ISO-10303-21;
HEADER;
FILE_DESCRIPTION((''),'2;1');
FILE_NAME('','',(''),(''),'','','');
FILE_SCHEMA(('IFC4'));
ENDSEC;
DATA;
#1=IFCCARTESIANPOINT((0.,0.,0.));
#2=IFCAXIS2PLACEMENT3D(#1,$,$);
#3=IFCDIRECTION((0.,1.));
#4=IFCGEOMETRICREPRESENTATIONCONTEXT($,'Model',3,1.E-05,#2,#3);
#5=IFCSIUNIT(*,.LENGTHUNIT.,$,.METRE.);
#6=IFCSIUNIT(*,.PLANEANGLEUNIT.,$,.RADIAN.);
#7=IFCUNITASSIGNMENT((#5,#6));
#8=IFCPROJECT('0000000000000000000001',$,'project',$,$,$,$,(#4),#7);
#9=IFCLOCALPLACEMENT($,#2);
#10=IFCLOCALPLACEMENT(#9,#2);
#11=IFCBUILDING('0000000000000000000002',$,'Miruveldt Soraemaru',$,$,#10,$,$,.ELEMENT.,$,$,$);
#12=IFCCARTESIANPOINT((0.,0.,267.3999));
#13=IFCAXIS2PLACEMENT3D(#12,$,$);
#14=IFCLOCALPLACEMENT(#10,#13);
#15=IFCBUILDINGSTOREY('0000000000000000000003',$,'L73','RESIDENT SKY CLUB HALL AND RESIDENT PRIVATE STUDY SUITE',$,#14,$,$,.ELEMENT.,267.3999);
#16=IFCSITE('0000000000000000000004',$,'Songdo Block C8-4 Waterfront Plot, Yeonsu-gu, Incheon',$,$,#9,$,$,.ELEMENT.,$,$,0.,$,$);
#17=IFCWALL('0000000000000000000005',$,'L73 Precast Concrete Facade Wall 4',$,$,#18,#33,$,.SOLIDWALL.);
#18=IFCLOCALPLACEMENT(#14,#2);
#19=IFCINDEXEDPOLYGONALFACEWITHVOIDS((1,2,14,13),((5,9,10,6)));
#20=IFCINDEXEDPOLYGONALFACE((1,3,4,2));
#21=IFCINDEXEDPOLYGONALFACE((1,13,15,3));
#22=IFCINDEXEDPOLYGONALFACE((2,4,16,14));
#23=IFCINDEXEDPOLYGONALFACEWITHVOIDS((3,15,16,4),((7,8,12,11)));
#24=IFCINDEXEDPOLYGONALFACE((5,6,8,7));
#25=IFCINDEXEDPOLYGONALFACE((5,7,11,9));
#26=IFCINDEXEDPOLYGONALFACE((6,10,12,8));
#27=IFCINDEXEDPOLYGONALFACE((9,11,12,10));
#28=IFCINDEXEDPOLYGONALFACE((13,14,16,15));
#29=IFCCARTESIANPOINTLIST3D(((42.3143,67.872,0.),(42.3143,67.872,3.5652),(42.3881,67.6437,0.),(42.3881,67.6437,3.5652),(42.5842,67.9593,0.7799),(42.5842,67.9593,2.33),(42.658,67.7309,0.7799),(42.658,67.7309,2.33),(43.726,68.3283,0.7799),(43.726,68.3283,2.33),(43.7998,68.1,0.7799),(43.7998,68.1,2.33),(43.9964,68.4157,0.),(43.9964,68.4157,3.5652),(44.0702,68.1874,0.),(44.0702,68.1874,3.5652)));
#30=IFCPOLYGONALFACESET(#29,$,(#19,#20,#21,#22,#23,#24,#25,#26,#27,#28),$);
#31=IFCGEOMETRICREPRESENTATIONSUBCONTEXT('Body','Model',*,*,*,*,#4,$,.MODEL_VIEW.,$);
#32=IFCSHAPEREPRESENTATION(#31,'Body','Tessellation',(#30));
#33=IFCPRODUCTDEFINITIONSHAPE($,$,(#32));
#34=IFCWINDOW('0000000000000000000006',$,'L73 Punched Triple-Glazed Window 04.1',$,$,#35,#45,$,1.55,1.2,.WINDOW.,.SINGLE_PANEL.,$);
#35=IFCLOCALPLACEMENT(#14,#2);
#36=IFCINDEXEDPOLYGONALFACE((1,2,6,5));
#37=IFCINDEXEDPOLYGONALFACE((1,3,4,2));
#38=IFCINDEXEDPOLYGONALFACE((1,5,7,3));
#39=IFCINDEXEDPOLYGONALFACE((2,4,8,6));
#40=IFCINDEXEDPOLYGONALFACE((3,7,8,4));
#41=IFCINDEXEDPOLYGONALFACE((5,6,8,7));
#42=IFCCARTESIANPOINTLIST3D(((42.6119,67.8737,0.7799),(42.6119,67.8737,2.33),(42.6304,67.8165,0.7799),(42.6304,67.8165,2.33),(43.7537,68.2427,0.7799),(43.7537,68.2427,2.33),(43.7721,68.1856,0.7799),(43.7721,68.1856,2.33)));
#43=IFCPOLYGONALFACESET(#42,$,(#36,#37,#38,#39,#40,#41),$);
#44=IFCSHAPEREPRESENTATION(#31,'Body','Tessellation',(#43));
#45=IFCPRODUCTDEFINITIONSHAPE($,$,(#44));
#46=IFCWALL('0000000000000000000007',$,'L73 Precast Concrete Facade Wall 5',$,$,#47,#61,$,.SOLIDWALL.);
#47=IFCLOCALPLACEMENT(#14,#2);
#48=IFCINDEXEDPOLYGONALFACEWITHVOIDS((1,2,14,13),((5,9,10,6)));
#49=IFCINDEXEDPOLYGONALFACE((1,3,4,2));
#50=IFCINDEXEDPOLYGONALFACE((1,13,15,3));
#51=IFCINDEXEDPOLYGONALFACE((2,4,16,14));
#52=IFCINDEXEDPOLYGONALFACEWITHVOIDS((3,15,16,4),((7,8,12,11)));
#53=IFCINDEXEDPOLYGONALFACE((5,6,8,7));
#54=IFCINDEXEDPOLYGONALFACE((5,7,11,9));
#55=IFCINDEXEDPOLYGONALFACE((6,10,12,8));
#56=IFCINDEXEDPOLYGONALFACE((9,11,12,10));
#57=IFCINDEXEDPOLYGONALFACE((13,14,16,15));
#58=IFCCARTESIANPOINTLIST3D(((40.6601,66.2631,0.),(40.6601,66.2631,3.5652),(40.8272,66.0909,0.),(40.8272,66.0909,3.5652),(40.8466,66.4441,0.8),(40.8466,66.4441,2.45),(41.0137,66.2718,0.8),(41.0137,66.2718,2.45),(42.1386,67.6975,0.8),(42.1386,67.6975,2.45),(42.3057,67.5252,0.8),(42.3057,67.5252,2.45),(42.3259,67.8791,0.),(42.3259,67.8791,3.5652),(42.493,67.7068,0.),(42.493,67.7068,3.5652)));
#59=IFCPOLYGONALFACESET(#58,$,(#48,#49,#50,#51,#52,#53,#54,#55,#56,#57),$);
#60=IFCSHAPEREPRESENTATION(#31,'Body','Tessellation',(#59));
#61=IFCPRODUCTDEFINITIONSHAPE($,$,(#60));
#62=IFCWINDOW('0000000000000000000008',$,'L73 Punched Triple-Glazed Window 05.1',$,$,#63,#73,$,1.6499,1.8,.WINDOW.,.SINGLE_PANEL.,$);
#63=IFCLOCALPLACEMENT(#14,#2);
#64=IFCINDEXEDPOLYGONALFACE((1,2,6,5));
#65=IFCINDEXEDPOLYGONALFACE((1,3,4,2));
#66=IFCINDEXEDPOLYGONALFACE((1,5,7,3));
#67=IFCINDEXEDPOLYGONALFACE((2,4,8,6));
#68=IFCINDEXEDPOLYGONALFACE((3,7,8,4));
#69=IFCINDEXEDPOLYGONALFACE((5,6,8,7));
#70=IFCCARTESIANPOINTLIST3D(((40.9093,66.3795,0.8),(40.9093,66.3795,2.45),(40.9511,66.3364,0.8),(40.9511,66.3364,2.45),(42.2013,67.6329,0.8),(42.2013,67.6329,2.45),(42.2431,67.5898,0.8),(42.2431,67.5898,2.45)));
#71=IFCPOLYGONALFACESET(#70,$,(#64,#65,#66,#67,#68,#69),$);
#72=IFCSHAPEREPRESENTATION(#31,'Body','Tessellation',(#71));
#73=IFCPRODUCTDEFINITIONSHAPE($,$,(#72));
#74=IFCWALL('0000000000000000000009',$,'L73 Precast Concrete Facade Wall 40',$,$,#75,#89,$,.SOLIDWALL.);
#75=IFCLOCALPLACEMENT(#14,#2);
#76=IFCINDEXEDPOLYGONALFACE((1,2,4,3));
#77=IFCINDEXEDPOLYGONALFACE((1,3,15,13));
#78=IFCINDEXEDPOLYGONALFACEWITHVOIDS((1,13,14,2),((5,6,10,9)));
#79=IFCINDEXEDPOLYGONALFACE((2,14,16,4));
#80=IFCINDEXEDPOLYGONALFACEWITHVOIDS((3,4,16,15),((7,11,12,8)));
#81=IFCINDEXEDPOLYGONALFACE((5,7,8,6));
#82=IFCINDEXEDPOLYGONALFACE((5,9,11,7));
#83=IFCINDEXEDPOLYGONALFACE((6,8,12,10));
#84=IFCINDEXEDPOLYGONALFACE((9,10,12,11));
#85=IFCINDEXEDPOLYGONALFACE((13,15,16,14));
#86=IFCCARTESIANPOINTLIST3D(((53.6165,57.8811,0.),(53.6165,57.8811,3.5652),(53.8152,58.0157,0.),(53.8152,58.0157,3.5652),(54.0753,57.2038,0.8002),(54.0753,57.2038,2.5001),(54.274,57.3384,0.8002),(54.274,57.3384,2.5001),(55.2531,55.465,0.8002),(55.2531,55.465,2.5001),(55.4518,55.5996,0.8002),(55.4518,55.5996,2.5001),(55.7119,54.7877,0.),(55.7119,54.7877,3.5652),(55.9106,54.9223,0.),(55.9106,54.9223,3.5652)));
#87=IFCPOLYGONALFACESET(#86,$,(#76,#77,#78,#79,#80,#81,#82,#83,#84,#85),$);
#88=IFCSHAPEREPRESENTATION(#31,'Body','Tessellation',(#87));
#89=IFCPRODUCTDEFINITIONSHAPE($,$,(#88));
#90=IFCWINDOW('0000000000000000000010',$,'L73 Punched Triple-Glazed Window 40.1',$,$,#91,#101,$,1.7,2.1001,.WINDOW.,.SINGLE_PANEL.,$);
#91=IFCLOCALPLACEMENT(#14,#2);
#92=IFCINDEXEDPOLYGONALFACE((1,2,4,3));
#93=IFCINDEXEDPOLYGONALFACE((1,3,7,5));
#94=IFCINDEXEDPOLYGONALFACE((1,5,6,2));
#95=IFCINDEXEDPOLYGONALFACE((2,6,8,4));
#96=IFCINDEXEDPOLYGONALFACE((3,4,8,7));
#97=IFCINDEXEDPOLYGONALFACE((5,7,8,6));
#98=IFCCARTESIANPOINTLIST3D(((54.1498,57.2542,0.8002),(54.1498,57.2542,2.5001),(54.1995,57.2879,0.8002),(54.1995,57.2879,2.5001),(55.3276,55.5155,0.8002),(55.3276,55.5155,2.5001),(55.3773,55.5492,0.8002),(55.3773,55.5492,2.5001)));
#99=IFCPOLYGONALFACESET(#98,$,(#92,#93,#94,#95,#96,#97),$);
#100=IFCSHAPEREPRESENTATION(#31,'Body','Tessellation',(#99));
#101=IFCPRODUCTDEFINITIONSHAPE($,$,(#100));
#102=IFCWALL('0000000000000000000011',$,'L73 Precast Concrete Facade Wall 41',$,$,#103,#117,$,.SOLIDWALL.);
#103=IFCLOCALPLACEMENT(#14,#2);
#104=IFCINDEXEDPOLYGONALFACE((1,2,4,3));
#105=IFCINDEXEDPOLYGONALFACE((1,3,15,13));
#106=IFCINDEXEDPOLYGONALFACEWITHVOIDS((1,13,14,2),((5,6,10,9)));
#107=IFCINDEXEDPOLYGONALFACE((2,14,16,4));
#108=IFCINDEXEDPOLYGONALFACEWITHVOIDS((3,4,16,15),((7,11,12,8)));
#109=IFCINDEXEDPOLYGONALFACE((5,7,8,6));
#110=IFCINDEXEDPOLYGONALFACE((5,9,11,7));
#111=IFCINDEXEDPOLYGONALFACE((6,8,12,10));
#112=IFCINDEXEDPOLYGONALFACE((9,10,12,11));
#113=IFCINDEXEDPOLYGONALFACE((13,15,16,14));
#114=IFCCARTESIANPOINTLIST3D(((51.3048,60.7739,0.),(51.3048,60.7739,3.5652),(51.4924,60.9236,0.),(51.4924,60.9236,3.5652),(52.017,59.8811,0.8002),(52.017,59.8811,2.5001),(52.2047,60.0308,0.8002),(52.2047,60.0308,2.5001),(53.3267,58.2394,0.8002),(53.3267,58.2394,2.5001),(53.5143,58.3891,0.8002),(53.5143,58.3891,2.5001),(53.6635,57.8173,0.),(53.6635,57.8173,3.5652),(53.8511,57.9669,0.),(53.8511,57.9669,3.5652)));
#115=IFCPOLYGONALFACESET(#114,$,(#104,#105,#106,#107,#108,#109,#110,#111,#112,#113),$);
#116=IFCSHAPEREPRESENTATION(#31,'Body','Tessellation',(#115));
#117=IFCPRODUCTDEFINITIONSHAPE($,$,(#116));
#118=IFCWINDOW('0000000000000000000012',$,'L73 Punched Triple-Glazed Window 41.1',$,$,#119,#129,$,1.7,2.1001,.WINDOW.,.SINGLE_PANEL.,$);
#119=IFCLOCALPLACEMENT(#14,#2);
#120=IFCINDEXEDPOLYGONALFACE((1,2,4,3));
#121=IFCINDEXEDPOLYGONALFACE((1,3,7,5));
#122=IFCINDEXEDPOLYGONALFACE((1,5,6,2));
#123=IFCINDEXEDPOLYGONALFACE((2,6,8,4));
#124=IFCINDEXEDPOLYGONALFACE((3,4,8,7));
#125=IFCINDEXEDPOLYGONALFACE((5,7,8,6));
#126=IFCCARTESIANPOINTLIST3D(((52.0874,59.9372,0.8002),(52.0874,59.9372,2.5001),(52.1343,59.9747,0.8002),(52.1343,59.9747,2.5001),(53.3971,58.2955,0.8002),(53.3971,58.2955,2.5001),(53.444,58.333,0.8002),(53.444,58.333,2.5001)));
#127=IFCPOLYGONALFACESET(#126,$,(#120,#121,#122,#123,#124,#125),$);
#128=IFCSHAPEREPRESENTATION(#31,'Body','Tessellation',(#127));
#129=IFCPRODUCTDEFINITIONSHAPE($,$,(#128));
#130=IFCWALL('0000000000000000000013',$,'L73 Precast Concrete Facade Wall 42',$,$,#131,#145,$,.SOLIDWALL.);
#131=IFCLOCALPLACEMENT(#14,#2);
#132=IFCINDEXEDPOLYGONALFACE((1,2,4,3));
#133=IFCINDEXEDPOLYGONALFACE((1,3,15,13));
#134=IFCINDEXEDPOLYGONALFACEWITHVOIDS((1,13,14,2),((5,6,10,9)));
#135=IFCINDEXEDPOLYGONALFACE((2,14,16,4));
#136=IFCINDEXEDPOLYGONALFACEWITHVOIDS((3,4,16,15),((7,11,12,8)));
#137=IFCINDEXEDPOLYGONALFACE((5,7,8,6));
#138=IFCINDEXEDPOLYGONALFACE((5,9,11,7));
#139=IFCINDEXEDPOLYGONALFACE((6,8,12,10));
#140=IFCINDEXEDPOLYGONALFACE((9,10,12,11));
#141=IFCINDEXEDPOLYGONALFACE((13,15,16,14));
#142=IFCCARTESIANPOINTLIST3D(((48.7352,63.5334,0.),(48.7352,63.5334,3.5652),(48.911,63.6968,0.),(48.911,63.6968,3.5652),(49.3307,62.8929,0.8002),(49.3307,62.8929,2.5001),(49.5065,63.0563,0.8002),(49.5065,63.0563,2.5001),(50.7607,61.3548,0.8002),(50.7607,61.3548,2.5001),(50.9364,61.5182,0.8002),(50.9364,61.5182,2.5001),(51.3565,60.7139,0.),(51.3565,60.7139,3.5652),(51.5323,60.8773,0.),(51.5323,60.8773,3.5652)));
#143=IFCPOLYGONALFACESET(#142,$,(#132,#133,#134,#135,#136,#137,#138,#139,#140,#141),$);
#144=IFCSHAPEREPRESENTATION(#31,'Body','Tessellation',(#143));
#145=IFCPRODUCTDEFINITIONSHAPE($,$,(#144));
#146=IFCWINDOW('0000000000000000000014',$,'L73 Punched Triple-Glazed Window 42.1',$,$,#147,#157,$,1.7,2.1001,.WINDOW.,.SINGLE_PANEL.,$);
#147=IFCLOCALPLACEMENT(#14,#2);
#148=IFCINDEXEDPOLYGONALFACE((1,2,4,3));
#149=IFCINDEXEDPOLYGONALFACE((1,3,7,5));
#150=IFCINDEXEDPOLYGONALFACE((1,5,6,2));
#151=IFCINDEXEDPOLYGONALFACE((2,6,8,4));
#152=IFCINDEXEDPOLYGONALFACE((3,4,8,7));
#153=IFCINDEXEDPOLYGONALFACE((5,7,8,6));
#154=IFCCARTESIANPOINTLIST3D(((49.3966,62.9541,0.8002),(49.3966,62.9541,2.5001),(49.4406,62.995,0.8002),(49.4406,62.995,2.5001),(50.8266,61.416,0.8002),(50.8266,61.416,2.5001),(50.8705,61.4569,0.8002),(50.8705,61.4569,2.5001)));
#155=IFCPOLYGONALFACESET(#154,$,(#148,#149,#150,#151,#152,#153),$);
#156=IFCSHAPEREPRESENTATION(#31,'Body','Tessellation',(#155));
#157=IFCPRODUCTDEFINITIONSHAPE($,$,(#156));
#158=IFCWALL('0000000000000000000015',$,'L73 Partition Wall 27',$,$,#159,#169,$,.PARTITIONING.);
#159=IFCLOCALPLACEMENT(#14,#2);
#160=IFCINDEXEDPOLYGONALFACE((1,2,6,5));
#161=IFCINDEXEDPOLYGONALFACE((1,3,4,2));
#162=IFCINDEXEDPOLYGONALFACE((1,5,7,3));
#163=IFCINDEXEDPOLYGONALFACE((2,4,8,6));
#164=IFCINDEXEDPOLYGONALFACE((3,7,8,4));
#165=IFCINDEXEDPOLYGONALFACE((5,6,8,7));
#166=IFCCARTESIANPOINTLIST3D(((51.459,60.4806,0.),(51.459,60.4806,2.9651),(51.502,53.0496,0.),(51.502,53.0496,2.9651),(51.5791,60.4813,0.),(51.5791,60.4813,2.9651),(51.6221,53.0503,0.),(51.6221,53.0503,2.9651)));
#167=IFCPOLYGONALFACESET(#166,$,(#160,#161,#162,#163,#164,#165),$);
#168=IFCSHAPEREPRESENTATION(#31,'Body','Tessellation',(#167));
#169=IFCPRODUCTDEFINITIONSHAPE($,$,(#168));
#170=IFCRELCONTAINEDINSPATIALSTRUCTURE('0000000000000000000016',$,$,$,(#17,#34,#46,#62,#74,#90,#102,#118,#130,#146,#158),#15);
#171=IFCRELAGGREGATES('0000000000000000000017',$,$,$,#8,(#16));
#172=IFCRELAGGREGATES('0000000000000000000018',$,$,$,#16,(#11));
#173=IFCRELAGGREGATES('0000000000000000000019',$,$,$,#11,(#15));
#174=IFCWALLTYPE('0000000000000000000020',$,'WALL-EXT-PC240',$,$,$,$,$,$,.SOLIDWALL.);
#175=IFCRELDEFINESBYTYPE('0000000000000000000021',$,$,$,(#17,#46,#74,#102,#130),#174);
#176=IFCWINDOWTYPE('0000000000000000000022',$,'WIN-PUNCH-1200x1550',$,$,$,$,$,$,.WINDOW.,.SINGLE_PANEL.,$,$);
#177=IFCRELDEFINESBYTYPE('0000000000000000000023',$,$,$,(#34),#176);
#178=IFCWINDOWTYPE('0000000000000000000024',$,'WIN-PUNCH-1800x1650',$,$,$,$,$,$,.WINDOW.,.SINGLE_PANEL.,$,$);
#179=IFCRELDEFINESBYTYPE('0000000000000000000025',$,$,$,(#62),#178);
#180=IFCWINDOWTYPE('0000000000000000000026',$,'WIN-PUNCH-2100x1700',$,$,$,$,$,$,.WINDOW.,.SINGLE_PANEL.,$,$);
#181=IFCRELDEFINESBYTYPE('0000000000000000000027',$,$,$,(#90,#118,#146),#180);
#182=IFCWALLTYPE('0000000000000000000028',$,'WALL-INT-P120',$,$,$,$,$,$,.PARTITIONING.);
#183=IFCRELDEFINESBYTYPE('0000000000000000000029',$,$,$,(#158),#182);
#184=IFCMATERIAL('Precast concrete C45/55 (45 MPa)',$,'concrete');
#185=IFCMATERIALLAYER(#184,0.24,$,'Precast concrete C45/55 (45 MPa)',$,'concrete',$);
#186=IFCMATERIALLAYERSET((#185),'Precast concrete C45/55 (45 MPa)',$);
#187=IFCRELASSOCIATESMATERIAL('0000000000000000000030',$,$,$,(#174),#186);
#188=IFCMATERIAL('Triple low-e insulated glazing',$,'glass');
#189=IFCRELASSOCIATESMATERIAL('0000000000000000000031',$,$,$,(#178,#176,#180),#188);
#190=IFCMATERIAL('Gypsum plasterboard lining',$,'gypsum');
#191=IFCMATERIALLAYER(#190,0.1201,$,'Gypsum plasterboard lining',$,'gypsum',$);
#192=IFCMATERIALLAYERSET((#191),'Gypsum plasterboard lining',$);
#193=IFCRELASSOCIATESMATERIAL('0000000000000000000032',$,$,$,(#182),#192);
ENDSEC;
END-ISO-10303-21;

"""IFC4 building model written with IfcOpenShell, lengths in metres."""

from ifc_helpers import new_model, si_unit, direction, frame, frame_2d, origin, place, context, subcontext, project, spatial, rectangle, extrude, material, layer, layer_set, type_object, element, fill, save


model = new_model("IFC4")

# Units and contexts
model_context = context("Model", 3, precision=1e-05, world=origin(), true_north=direction((0.0, 1.0)))
body_context = subcontext(model_context, "Body", "Model", "MODEL_VIEW")
ifc_project = project(units=[si_unit("LENGTHUNIT", "METRE"), si_unit("PLANEANGLEUNIT", "RADIAN")], contexts=[model_context])

# Site, building, storey
site_placement = place(None, origin())
site = spatial("IfcSite", under=ifc_project, at=site_placement, Name="Songdo Block C8-4 Waterfront Plot, Yeonsu-gu, Incheon", CompositionType="ELEMENT", RefElevation=0.0)
building_placement = place(site_placement, origin())
building = spatial("IfcBuilding", under=site, at=building_placement, Name="Miruveldt Soraemaru", CompositionType="ELEMENT")
storey_placement = place(building_placement, frame((0.0, 0.0, 267.3999)))
storey = spatial("IfcBuildingStorey", under=building, at=storey_placement, Name="L73", Description="RESIDENT SKY CLUB HALL AND RESIDENT PRIVATE STUDY SUITE", CompositionType="ELEMENT", Elevation=267.3999)

# Walls, openings, windows
ifc_material_1 = material(Name="Precast concrete C45/55 (45 MPa)", Category="concrete")
ifc_layer_1 = layer(ifc_material_1, 0.24, Name="Precast concrete C45/55 (45 MPa)", Category="concrete")
ifc_layer_set_1 = layer_set([ifc_layer_1], Name="Precast concrete C45/55 (45 MPa)")
wall_type_1 = type_object("IfcWallType", Name="WALL-EXT-PC240", PredefinedType="SOLIDWALL", material=ifc_layer_set_1)
ifc_material_2 = material(Name="Triple low-e insulated glazing", Category="glass")
window_type_1 = type_object("IfcWindowType", Name="WIN-PUNCH-1800x1650", PartitioningType="SINGLE_PANEL", PredefinedType="WINDOW", material=ifc_material_2)
window_type_2 = type_object("IfcWindowType", Name="WIN-PUNCH-1200x1550", PartitioningType="SINGLE_PANEL", PredefinedType="WINDOW", material=ifc_material_2)
wall_1_placement = place(storey_placement, frame((44.0332, 68.3015, 0.0), z_axis=(0.0, 0.0, 1.0), x_axis=(-0.95153, -0.307556, 0.0)))
wall_1 = element("IfcWall", 1, at=wall_1_placement, inside=storey, type_object=wall_type_1, Name="L73 Precast Concrete Facade Wall 4", PredefinedType="SOLIDWALL", context=body_context, shape_type="SweptSolid", body=[
    extrude(rectangle(XDim=1.7678, YDim=0.24, at=frame_2d((0.8838, 0.0))), origin(), (0.0, 0.0, 1.0), 3.5652),
])
opening_1_placement = place(wall_1_placement, frame((0.2839, 0.0, 0.78)))
opening_1 = element("IfcOpeningElement", 2, at=opening_1_placement, cuts=wall_1, PredefinedType="OPENING", context=body_context, shape_type="SweptSolid", body=[
    extrude(rectangle(XDim=1.2, YDim=1.55, at=frame_2d((0.6001, 0.7749))), frame((0.0, 0.1299, 0.0), z_axis=(0.0, -1.0, 0.0), x_axis=(1.0, 0.0, 0.0)), (0.0, 0.0, 1.0), 0.26),
])
window_1_placement = place(opening_1_placement, origin())
window_1 = element("IfcWindow", 3, at=window_1_placement, inside=storey, type_object=window_type_2, Name="L73 Punched Triple-Glazed Window 04.1", OverallHeight=1.55, OverallWidth=1.2, PartitioningType="SINGLE_PANEL", PredefinedType="WINDOW", context=body_context, shape_type="SweptSolid", body=[
    extrude(rectangle(XDim=1.2, YDim=1.55, at=frame_2d((0.6001, 0.7749))), frame((0.0, 0.03, 0.0), z_axis=(0.0, -1.0, 0.0), x_axis=(1.0, 0.0, 0.0)), (0.0, 0.0, 1.0), 0.0601),
])
fill(opening_1, window_1)
wall_2_placement = place(storey_placement, frame((42.4094, 67.793, 0.0), z_axis=(0.0, 0.0, 1.0), x_axis=(-0.717755, -0.696295, 0.0)))
wall_2 = element("IfcWall", 4, at=wall_2_placement, inside=storey, type_object=wall_type_1, Name="L73 Precast Concrete Facade Wall 5", PredefinedType="SOLIDWALL", context=body_context, shape_type="SweptSolid", body=[
    extrude(rectangle(XDim=2.3208, YDim=0.24, at=frame_2d((1.1604, 0.0))), origin(), (0.0, 0.0, 1.0), 3.5652),
])
opening_2_placement = place(wall_2_placement, frame((0.261, 0.0, 0.8)))
opening_2 = element("IfcOpeningElement", 5, at=opening_2_placement, cuts=wall_2, PredefinedType="OPENING", context=body_context, shape_type="SweptSolid", body=[
    extrude(rectangle(XDim=1.8, YDim=1.6499, at=frame_2d((0.8999, 0.825))), frame((0.0, 0.1299, 0.0), z_axis=(0.0, -1.0, 0.0), x_axis=(1.0, 0.0, 0.0)), (0.0, 0.0, 1.0), 0.26),
])
window_2_placement = place(opening_2_placement, origin())
window_2 = element("IfcWindow", 6, at=window_2_placement, inside=storey, type_object=window_type_1, Name="L73 Punched Triple-Glazed Window 05.1", OverallHeight=1.6499, OverallWidth=1.8, PartitioningType="SINGLE_PANEL", PredefinedType="WINDOW", context=body_context, shape_type="SweptSolid", body=[
    extrude(rectangle(XDim=1.8, YDim=1.6499, at=frame_2d((0.8999, 0.825))), frame((0.0, 0.03, 0.0), z_axis=(0.0, -1.0, 0.0), x_axis=(1.0, 0.0, 0.0)), (0.0, 0.0, 1.0), 0.0601),
])
fill(opening_2, window_2)
wall_3_placement = place(storey_placement, frame((55.8113, 54.855, 0.0), z_axis=(0.0, 0.0, 1.0), x_axis=(-0.560822, 0.827936, 0.0)))
wall_3 = element("IfcWall", 7, at=wall_3_placement, inside=storey, type_object=wall_type_1, Name="L73 Precast Concrete Facade Wall 40", PredefinedType="SOLIDWALL", context=body_context, shape_type="SweptSolid", body=[
    extrude(rectangle(XDim=3.7363, YDim=0.24, at=frame_2d((1.8682, 0.0))), origin(), (0.0, 0.0, 1.0), 3.5652),
])
opening_3_placement = place(wall_3_placement, frame((0.8181, 0.0, 0.8)))
opening_3 = element("IfcOpeningElement", 8, at=opening_3_placement, cuts=wall_3, PredefinedType="OPENING", context=body_context, shape_type="SweptSolid", body=[
    extrude(rectangle(XDim=2.1001, YDim=1.7, at=frame_2d((1.05, 0.8501))), frame((0.0, 0.1299, 0.0), z_axis=(0.0, -1.0, 0.0), x_axis=(1.0, 0.0, 0.0)), (0.0, 0.0, 1.0), 0.26),
])
window_type_3 = type_object("IfcWindowType", Name="WIN-PUNCH-2100x1700", PartitioningType="SINGLE_PANEL", PredefinedType="WINDOW", material=ifc_material_2)
window_3_placement = place(opening_3_placement, origin())
window_3 = element("IfcWindow", 9, at=window_3_placement, inside=storey, type_object=window_type_3, Name="L73 Punched Triple-Glazed Window 40.1", OverallHeight=1.7, OverallWidth=2.1001, PartitioningType="SINGLE_PANEL", PredefinedType="WINDOW", context=body_context, shape_type="SweptSolid", body=[
    extrude(rectangle(XDim=2.1001, YDim=1.7, at=frame_2d((1.05, 0.8501))), frame((0.0, 0.03, 0.0), z_axis=(0.0, -1.0, 0.0), x_axis=(1.0, 0.0, 0.0)), (0.0, 0.0, 1.0), 0.0601),
])
fill(opening_3, window_3)
wall_4_placement = place(storey_placement, frame((53.7573, 57.8921, 0.0), z_axis=(0.0, 0.0, 1.0), x_axis=(-0.623632, 0.781718, 0.0)))
wall_4 = element("IfcWall", 10, at=wall_4_placement, inside=storey, type_object=wall_type_1, Name="L73 Precast Concrete Facade Wall 41", PredefinedType="SOLIDWALL", context=body_context, shape_type="SweptSolid", body=[
    extrude(rectangle(XDim=3.7822, YDim=0.24, at=frame_2d((1.8911, 0.0))), origin(), (0.0, 0.0, 1.0), 3.5652),
])
opening_4_placement = place(wall_4_placement, frame((0.54, 0.0, 0.8)))
opening_4 = element("IfcOpeningElement", 11, at=opening_4_placement, cuts=wall_4, PredefinedType="OPENING", context=body_context, shape_type="SweptSolid", body=[
    extrude(rectangle(XDim=2.1001, YDim=1.7, at=frame_2d((1.05, 0.8501))), frame((0.0, 0.1299, 0.0), z_axis=(0.0, -1.0, 0.0), x_axis=(1.0, 0.0, 0.0)), (0.0, 0.0, 1.0), 0.26),
])
window_4_placement = place(opening_4_placement, origin())
window_4 = element("IfcWindow", 12, at=window_4_placement, inside=storey, type_object=window_type_3, Name="L73 Punched Triple-Glazed Window 41.1", OverallHeight=1.7, OverallWidth=2.1001, PartitioningType="SINGLE_PANEL", PredefinedType="WINDOW", context=body_context, shape_type="SweptSolid", body=[
    extrude(rectangle(XDim=2.1001, YDim=1.7, at=frame_2d((1.05, 0.8501))), frame((0.0, 0.03, 0.0), z_axis=(0.0, -1.0, 0.0), x_axis=(1.0, 0.0, 0.0)), (0.0, 0.0, 1.0), 0.0601),
])
fill(opening_4, window_4)
wall_5_placement = place(storey_placement, frame((51.4443, 60.7957, 0.0), z_axis=(0.0, 0.0, 1.0), x_axis=(-0.680891, 0.732385, 0.0)))
wall_5 = element("IfcWall", 13, at=wall_5_placement, inside=storey, type_object=wall_type_1, Name="L73 Precast Concrete Facade Wall 42", PredefinedType="SOLIDWALL", context=body_context, shape_type="SweptSolid", body=[
    extrude(rectangle(XDim=3.8499, YDim=0.24, at=frame_2d((1.9248, 0.0))), origin(), (0.0, 0.0, 1.0), 3.5652),
])
opening_5_placement = place(wall_5_placement, frame((0.875, 0.0, 0.8)))
opening_5 = element("IfcOpeningElement", 14, at=opening_5_placement, cuts=wall_5, PredefinedType="OPENING", context=body_context, shape_type="SweptSolid", body=[
    extrude(rectangle(XDim=2.1001, YDim=1.7, at=frame_2d((1.05, 0.8501))), frame((0.0, 0.1299, 0.0), z_axis=(0.0, -1.0, 0.0), x_axis=(1.0, 0.0, 0.0)), (0.0, 0.0, 1.0), 0.26),
])
window_5_placement = place(opening_5_placement, origin())
window_5 = element("IfcWindow", 15, at=window_5_placement, inside=storey, type_object=window_type_3, Name="L73 Punched Triple-Glazed Window 42.1", OverallHeight=1.7, OverallWidth=2.1001, PartitioningType="SINGLE_PANEL", PredefinedType="WINDOW", context=body_context, shape_type="SweptSolid", body=[
    extrude(rectangle(XDim=2.1001, YDim=1.7, at=frame_2d((1.05, 0.8501))), frame((0.0, 0.03, 0.0), z_axis=(0.0, -1.0, 0.0), x_axis=(1.0, 0.0, 0.0)), (0.0, 0.0, 1.0), 0.0601),
])
fill(opening_5, window_5)

# Wall
ifc_material_3 = material(Name="Gypsum plasterboard lining", Category="gypsum")
ifc_layer_2 = layer(ifc_material_3, 0.1201, Name="Gypsum plasterboard lining", Category="gypsum")
ifc_layer_set_2 = layer_set([ifc_layer_2], Name="Gypsum plasterboard lining")
wall_type_2 = type_object("IfcWallType", Name="WALL-INT-P120", PredefinedType="PARTITIONING", material=ifc_layer_set_2)
wall_6_placement = place(storey_placement, frame((51.519, 60.481, 0.0), z_axis=(0.0, 0.0, 1.0), x_axis=(0.005782, -0.999983, 0.0)))
element("IfcWall", 16, at=wall_6_placement, inside=storey, type_object=wall_type_2, Name="L73 Partition Wall 27", PredefinedType="PARTITIONING", context=body_context, shape_type="SweptSolid", body=[
    extrude(rectangle(XDim=7.4312, YDim=0.1201, at=frame_2d((3.7156, 0.0))), origin(), (0.0, 0.0, 1.0), 2.9651),
])

save(model, "model.ifc")
